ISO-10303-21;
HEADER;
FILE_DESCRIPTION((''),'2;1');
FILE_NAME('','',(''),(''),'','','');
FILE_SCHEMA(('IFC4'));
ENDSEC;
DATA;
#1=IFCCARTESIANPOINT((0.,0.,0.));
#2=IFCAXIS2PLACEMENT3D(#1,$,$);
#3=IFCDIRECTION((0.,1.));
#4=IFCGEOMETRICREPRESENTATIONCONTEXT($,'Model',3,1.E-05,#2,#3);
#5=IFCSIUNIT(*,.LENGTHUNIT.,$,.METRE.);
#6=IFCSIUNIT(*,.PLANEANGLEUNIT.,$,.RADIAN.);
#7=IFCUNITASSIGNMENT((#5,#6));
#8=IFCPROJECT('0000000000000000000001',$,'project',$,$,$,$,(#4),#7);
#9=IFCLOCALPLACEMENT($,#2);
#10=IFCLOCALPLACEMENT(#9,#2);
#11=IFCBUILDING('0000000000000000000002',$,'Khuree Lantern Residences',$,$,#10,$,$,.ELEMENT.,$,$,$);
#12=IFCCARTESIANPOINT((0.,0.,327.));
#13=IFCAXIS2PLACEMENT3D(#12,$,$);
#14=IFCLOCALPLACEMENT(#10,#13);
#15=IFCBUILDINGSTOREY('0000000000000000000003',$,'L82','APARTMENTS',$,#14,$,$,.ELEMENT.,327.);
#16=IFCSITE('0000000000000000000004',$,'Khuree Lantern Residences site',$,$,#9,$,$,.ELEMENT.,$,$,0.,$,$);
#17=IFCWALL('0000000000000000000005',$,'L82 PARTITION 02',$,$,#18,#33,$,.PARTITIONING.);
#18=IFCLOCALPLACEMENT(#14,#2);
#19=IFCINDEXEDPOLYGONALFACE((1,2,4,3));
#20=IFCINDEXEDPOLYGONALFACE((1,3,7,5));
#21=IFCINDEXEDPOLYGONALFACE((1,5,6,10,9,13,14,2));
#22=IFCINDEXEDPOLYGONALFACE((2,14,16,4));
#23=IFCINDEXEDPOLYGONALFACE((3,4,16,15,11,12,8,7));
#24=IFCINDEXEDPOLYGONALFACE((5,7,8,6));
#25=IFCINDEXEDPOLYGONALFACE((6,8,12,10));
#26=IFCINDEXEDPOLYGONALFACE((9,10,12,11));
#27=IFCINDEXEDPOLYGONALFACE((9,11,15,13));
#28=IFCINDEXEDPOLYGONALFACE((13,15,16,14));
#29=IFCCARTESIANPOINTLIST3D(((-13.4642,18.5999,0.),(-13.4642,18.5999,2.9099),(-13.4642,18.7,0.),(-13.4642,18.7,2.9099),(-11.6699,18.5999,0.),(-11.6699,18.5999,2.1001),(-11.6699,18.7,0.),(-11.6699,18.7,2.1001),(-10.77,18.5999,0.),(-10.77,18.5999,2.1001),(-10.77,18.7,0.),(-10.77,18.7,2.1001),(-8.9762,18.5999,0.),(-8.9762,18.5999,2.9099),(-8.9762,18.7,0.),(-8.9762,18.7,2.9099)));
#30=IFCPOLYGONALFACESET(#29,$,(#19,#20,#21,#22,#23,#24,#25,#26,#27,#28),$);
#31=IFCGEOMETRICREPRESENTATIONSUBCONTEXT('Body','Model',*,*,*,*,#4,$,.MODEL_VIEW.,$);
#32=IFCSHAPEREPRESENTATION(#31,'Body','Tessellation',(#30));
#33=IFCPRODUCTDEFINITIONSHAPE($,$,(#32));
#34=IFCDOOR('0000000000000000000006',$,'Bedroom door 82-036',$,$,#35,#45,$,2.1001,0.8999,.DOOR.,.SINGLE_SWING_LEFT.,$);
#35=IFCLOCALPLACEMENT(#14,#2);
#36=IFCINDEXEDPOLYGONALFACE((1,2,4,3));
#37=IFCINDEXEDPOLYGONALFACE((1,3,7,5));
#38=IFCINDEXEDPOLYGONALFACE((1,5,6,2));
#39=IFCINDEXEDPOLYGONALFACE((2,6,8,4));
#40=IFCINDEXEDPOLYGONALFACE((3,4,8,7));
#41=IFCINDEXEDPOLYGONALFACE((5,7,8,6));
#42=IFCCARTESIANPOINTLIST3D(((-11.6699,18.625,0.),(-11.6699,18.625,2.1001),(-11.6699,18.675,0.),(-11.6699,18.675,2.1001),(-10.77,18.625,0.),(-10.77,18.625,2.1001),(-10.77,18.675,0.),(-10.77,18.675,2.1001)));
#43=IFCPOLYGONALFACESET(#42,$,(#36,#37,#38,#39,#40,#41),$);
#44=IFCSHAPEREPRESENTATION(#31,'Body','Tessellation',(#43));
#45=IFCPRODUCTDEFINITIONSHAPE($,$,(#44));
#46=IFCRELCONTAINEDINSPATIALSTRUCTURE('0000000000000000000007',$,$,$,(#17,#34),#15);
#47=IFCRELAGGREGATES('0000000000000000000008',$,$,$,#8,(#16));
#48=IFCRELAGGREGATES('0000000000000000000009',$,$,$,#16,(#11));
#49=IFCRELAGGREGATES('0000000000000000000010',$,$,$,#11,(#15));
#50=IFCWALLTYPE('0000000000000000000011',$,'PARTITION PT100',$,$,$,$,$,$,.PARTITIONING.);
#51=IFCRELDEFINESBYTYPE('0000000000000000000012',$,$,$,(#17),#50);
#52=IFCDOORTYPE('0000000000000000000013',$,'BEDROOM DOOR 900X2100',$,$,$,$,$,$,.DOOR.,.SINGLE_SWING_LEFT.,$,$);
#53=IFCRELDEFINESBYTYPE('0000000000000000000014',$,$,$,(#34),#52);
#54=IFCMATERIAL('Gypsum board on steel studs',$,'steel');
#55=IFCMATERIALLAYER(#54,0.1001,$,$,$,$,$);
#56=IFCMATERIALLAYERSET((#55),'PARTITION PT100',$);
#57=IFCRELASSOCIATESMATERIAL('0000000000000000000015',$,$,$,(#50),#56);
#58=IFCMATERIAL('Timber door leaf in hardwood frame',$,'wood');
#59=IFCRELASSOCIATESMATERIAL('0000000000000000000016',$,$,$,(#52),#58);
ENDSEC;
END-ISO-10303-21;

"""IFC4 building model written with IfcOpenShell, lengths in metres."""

from ifc_helpers import new_model, si_unit, direction, frame, frame_2d, origin, place, context, subcontext, project, spatial, rectangle, extrude, material, layer, layer_set, type_object, element, fill, save


model = new_model("IFC4")

# Units and contexts
model_context = context("Model", 3, precision=1e-05, world=origin(), true_north=direction((0.0, 1.0)))
body_context = subcontext(model_context, "Body", "Model", "MODEL_VIEW")
ifc_project = project(units=[si_unit("LENGTHUNIT", "METRE"), si_unit("PLANEANGLEUNIT", "RADIAN")], contexts=[model_context])

# Site, building, storey
site_placement = place(None, origin())
site = spatial("IfcSite", under=ifc_project, at=site_placement, Name="Khuree Lantern Residences site", CompositionType="ELEMENT", RefElevation=0.0)
building_placement = place(site_placement, origin())
building = spatial("IfcBuilding", under=site, at=building_placement, Name="Khuree Lantern Residences", CompositionType="ELEMENT")
storey_placement = place(building_placement, frame((0.0, 0.0, 327.0)))
storey = spatial("IfcBuildingStorey", under=building, at=storey_placement, Name="L82", Description="APARTMENTS", CompositionType="ELEMENT", Elevation=327.0)

# Shared definitions
ifc_material_1 = material(Name="Gypsum board on steel studs", Category="steel")
ifc_layer_1 = layer(ifc_material_1, 0.1001)
ifc_layer_set_1 = layer_set([ifc_layer_1], Name="PARTITION PT100")
wall_type = type_object("IfcWallType", Name="PARTITION PT100", PredefinedType="PARTITIONING", material=ifc_layer_set_1)

# Shared definitions
ifc_material_2 = material(Name="Timber door leaf in hardwood frame", Category="wood")
door_type_1 = type_object("IfcDoorType", Name="BEDROOM DOOR 900X2100", OperationType="SINGLE_SWING_LEFT", PredefinedType="DOOR", material=ifc_material_2)

# Wall, opening, door
wall_1_placement = place(storey_placement, frame((-8.9761, 18.6499, 0.0), z_axis=(0.0, 0.0, 1.0), x_axis=(-1.0, 0.0, 0.0)))
wall_1 = element("IfcWall", 1, at=wall_1_placement, inside=storey, type_object=wall_type, Name="L82 PARTITION 02", PredefinedType="PARTITIONING", context=body_context, shape_type="SweptSolid", body=[
    extrude(rectangle(XDim=4.488, YDim=0.1001, at=frame_2d((2.2441, 0.0))), origin(), (0.0, 0.0, 1.0), 2.9099),
])
opening_1_placement = place(wall_1_placement, frame((1.7939, 0.0, 0.0)))
opening_1 = element("IfcOpeningElement", 2, at=opening_1_placement, cuts=wall_1, PredefinedType="OPENING", context=body_context, shape_type="SweptSolid", body=[
    extrude(rectangle(XDim=0.8999, YDim=2.1001, at=frame_2d((0.45, 1.05))), frame((0.0, 0.0601, 0.0), z_axis=(0.0, -1.0, 0.0), x_axis=(1.0, 0.0, 0.0)), (0.0, 0.0, 1.0), 0.1201),
])
door_1_placement = place(opening_1_placement, origin())
door_1 = element("IfcDoor", 3, at=door_1_placement, inside=storey, type_object=door_type_1, Name="Bedroom door 82-036", OperationType="SINGLE_SWING_LEFT", OverallHeight=2.1001, OverallWidth=0.8999, PredefinedType="DOOR", context=body_context, shape_type="SweptSolid", body=[
    extrude(rectangle(XDim=0.8999, YDim=2.1001, at=frame_2d((0.45, 1.05))), frame((0.0, 0.0249, 0.0), z_axis=(0.0, -1.0, 0.0), x_axis=(1.0, 0.0, 0.0)), (0.0, 0.0, 1.0), 0.05),
])
fill(opening_1, door_1)

save(model, "model.ifc")
